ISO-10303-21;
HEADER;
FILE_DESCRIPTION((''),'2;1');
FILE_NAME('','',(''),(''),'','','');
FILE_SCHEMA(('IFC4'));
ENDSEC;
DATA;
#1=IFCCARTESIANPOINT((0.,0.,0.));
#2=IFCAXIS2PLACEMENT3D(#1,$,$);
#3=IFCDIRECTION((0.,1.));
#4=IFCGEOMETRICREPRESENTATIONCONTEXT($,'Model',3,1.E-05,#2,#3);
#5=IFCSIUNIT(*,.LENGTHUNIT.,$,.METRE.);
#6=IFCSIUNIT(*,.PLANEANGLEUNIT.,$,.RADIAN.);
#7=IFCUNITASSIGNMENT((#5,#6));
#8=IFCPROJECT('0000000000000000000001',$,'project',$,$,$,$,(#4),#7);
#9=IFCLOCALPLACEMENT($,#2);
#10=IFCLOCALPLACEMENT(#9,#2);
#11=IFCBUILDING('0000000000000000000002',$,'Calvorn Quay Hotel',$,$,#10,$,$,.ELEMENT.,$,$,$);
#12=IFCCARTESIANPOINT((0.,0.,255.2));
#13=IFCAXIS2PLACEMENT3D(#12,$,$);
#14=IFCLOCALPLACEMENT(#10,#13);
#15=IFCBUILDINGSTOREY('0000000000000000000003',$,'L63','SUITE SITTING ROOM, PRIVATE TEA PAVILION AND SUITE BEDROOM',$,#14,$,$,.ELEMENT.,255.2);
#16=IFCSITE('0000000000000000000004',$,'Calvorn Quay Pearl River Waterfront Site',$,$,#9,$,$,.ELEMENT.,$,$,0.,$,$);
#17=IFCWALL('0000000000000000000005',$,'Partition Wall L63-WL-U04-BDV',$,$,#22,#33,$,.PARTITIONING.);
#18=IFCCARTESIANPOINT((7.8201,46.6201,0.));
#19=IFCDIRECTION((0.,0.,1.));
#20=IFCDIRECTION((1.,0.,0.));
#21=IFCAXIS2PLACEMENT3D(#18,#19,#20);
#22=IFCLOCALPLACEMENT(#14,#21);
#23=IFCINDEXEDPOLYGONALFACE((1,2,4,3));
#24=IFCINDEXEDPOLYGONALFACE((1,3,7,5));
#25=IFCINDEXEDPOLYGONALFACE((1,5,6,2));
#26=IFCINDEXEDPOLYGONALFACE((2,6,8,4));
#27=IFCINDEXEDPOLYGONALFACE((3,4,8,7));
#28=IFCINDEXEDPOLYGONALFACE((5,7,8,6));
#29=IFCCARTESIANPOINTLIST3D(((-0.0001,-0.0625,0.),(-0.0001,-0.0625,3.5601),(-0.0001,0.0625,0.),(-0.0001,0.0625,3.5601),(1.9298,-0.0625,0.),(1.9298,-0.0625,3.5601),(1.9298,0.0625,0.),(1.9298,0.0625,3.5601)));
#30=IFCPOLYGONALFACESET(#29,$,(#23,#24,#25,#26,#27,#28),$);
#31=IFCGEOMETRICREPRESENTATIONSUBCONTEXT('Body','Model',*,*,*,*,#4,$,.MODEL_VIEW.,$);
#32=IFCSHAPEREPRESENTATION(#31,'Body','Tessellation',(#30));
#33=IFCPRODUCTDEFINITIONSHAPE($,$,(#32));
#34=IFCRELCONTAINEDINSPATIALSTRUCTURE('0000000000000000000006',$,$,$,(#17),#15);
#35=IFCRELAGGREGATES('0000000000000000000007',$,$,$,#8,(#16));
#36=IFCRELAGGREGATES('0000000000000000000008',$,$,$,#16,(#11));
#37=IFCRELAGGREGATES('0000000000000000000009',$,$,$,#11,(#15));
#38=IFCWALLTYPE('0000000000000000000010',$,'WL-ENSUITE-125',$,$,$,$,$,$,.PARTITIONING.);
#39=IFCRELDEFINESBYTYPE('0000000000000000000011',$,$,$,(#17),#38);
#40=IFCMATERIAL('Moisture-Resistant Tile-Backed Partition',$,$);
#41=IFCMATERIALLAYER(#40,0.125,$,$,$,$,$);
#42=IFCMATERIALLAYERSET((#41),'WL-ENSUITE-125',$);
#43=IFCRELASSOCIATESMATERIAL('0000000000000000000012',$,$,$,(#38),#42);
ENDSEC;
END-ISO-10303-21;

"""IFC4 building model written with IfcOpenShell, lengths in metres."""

from ifc_helpers import new_model, si_unit, direction, frame, frame_2d, origin, place, context, subcontext, project, spatial, rectangle, extrude, material, layer, layer_set, type_object, element, save


model = new_model("IFC4")

# Units and contexts
model_context = context("Model", 3, precision=1e-05, world=origin(), true_north=direction((0.0, 1.0)))
body_context = subcontext(model_context, "Body", "Model", "MODEL_VIEW")
ifc_project = project(units=[si_unit("LENGTHUNIT", "METRE"), si_unit("PLANEANGLEUNIT", "RADIAN")], contexts=[model_context])

# Site, building, storey
site_placement = place(None, origin())
site = spatial("IfcSite", under=ifc_project, at=site_placement, Name="Calvorn Quay Pearl River Waterfront Site", CompositionType="ELEMENT", RefElevation=0.0)
building_placement = place(site_placement, origin())
building = spatial("IfcBuilding", under=site, at=building_placement, Name="Calvorn Quay Hotel", CompositionType="ELEMENT")
storey_placement = place(building_placement, frame((0.0, 0.0, 255.2)))
storey = spatial("IfcBuildingStorey", under=building, at=storey_placement, Name="L63", Description="SUITE SITTING ROOM, PRIVATE TEA PAVILION AND SUITE BEDROOM", CompositionType="ELEMENT", Elevation=255.2)

# Wall
ifc_material_1 = material(Name="Moisture-Resistant Tile-Backed Partition")
ifc_layer_1 = layer(ifc_material_1, 0.125)
ifc_layer_set_1 = layer_set([ifc_layer_1], Name="WL-ENSUITE-125")
wall_type_1 = type_object("IfcWallType", Name="WL-ENSUITE-125", PredefinedType="PARTITIONING", material=ifc_layer_set_1)
wall_1_placement = place(storey_placement, frame((7.8201, 46.6201, 0.0), z_axis=(0.0, 0.0, 1.0), x_axis=(1.0, 0.0, 0.0)))
element("IfcWall", 1, at=wall_1_placement, inside=storey, type_object=wall_type_1, Name="Partition Wall L63-WL-U04-BDV", PredefinedType="PARTITIONING", context=body_context, shape_type="SweptSolid", body=[
    extrude(rectangle(XDim=1.9299, YDim=0.125, at=frame_2d((0.9648, 0.0))), origin(), (0.0, 0.0, 1.0), 3.5601),
])

save(model, "model.ifc")
